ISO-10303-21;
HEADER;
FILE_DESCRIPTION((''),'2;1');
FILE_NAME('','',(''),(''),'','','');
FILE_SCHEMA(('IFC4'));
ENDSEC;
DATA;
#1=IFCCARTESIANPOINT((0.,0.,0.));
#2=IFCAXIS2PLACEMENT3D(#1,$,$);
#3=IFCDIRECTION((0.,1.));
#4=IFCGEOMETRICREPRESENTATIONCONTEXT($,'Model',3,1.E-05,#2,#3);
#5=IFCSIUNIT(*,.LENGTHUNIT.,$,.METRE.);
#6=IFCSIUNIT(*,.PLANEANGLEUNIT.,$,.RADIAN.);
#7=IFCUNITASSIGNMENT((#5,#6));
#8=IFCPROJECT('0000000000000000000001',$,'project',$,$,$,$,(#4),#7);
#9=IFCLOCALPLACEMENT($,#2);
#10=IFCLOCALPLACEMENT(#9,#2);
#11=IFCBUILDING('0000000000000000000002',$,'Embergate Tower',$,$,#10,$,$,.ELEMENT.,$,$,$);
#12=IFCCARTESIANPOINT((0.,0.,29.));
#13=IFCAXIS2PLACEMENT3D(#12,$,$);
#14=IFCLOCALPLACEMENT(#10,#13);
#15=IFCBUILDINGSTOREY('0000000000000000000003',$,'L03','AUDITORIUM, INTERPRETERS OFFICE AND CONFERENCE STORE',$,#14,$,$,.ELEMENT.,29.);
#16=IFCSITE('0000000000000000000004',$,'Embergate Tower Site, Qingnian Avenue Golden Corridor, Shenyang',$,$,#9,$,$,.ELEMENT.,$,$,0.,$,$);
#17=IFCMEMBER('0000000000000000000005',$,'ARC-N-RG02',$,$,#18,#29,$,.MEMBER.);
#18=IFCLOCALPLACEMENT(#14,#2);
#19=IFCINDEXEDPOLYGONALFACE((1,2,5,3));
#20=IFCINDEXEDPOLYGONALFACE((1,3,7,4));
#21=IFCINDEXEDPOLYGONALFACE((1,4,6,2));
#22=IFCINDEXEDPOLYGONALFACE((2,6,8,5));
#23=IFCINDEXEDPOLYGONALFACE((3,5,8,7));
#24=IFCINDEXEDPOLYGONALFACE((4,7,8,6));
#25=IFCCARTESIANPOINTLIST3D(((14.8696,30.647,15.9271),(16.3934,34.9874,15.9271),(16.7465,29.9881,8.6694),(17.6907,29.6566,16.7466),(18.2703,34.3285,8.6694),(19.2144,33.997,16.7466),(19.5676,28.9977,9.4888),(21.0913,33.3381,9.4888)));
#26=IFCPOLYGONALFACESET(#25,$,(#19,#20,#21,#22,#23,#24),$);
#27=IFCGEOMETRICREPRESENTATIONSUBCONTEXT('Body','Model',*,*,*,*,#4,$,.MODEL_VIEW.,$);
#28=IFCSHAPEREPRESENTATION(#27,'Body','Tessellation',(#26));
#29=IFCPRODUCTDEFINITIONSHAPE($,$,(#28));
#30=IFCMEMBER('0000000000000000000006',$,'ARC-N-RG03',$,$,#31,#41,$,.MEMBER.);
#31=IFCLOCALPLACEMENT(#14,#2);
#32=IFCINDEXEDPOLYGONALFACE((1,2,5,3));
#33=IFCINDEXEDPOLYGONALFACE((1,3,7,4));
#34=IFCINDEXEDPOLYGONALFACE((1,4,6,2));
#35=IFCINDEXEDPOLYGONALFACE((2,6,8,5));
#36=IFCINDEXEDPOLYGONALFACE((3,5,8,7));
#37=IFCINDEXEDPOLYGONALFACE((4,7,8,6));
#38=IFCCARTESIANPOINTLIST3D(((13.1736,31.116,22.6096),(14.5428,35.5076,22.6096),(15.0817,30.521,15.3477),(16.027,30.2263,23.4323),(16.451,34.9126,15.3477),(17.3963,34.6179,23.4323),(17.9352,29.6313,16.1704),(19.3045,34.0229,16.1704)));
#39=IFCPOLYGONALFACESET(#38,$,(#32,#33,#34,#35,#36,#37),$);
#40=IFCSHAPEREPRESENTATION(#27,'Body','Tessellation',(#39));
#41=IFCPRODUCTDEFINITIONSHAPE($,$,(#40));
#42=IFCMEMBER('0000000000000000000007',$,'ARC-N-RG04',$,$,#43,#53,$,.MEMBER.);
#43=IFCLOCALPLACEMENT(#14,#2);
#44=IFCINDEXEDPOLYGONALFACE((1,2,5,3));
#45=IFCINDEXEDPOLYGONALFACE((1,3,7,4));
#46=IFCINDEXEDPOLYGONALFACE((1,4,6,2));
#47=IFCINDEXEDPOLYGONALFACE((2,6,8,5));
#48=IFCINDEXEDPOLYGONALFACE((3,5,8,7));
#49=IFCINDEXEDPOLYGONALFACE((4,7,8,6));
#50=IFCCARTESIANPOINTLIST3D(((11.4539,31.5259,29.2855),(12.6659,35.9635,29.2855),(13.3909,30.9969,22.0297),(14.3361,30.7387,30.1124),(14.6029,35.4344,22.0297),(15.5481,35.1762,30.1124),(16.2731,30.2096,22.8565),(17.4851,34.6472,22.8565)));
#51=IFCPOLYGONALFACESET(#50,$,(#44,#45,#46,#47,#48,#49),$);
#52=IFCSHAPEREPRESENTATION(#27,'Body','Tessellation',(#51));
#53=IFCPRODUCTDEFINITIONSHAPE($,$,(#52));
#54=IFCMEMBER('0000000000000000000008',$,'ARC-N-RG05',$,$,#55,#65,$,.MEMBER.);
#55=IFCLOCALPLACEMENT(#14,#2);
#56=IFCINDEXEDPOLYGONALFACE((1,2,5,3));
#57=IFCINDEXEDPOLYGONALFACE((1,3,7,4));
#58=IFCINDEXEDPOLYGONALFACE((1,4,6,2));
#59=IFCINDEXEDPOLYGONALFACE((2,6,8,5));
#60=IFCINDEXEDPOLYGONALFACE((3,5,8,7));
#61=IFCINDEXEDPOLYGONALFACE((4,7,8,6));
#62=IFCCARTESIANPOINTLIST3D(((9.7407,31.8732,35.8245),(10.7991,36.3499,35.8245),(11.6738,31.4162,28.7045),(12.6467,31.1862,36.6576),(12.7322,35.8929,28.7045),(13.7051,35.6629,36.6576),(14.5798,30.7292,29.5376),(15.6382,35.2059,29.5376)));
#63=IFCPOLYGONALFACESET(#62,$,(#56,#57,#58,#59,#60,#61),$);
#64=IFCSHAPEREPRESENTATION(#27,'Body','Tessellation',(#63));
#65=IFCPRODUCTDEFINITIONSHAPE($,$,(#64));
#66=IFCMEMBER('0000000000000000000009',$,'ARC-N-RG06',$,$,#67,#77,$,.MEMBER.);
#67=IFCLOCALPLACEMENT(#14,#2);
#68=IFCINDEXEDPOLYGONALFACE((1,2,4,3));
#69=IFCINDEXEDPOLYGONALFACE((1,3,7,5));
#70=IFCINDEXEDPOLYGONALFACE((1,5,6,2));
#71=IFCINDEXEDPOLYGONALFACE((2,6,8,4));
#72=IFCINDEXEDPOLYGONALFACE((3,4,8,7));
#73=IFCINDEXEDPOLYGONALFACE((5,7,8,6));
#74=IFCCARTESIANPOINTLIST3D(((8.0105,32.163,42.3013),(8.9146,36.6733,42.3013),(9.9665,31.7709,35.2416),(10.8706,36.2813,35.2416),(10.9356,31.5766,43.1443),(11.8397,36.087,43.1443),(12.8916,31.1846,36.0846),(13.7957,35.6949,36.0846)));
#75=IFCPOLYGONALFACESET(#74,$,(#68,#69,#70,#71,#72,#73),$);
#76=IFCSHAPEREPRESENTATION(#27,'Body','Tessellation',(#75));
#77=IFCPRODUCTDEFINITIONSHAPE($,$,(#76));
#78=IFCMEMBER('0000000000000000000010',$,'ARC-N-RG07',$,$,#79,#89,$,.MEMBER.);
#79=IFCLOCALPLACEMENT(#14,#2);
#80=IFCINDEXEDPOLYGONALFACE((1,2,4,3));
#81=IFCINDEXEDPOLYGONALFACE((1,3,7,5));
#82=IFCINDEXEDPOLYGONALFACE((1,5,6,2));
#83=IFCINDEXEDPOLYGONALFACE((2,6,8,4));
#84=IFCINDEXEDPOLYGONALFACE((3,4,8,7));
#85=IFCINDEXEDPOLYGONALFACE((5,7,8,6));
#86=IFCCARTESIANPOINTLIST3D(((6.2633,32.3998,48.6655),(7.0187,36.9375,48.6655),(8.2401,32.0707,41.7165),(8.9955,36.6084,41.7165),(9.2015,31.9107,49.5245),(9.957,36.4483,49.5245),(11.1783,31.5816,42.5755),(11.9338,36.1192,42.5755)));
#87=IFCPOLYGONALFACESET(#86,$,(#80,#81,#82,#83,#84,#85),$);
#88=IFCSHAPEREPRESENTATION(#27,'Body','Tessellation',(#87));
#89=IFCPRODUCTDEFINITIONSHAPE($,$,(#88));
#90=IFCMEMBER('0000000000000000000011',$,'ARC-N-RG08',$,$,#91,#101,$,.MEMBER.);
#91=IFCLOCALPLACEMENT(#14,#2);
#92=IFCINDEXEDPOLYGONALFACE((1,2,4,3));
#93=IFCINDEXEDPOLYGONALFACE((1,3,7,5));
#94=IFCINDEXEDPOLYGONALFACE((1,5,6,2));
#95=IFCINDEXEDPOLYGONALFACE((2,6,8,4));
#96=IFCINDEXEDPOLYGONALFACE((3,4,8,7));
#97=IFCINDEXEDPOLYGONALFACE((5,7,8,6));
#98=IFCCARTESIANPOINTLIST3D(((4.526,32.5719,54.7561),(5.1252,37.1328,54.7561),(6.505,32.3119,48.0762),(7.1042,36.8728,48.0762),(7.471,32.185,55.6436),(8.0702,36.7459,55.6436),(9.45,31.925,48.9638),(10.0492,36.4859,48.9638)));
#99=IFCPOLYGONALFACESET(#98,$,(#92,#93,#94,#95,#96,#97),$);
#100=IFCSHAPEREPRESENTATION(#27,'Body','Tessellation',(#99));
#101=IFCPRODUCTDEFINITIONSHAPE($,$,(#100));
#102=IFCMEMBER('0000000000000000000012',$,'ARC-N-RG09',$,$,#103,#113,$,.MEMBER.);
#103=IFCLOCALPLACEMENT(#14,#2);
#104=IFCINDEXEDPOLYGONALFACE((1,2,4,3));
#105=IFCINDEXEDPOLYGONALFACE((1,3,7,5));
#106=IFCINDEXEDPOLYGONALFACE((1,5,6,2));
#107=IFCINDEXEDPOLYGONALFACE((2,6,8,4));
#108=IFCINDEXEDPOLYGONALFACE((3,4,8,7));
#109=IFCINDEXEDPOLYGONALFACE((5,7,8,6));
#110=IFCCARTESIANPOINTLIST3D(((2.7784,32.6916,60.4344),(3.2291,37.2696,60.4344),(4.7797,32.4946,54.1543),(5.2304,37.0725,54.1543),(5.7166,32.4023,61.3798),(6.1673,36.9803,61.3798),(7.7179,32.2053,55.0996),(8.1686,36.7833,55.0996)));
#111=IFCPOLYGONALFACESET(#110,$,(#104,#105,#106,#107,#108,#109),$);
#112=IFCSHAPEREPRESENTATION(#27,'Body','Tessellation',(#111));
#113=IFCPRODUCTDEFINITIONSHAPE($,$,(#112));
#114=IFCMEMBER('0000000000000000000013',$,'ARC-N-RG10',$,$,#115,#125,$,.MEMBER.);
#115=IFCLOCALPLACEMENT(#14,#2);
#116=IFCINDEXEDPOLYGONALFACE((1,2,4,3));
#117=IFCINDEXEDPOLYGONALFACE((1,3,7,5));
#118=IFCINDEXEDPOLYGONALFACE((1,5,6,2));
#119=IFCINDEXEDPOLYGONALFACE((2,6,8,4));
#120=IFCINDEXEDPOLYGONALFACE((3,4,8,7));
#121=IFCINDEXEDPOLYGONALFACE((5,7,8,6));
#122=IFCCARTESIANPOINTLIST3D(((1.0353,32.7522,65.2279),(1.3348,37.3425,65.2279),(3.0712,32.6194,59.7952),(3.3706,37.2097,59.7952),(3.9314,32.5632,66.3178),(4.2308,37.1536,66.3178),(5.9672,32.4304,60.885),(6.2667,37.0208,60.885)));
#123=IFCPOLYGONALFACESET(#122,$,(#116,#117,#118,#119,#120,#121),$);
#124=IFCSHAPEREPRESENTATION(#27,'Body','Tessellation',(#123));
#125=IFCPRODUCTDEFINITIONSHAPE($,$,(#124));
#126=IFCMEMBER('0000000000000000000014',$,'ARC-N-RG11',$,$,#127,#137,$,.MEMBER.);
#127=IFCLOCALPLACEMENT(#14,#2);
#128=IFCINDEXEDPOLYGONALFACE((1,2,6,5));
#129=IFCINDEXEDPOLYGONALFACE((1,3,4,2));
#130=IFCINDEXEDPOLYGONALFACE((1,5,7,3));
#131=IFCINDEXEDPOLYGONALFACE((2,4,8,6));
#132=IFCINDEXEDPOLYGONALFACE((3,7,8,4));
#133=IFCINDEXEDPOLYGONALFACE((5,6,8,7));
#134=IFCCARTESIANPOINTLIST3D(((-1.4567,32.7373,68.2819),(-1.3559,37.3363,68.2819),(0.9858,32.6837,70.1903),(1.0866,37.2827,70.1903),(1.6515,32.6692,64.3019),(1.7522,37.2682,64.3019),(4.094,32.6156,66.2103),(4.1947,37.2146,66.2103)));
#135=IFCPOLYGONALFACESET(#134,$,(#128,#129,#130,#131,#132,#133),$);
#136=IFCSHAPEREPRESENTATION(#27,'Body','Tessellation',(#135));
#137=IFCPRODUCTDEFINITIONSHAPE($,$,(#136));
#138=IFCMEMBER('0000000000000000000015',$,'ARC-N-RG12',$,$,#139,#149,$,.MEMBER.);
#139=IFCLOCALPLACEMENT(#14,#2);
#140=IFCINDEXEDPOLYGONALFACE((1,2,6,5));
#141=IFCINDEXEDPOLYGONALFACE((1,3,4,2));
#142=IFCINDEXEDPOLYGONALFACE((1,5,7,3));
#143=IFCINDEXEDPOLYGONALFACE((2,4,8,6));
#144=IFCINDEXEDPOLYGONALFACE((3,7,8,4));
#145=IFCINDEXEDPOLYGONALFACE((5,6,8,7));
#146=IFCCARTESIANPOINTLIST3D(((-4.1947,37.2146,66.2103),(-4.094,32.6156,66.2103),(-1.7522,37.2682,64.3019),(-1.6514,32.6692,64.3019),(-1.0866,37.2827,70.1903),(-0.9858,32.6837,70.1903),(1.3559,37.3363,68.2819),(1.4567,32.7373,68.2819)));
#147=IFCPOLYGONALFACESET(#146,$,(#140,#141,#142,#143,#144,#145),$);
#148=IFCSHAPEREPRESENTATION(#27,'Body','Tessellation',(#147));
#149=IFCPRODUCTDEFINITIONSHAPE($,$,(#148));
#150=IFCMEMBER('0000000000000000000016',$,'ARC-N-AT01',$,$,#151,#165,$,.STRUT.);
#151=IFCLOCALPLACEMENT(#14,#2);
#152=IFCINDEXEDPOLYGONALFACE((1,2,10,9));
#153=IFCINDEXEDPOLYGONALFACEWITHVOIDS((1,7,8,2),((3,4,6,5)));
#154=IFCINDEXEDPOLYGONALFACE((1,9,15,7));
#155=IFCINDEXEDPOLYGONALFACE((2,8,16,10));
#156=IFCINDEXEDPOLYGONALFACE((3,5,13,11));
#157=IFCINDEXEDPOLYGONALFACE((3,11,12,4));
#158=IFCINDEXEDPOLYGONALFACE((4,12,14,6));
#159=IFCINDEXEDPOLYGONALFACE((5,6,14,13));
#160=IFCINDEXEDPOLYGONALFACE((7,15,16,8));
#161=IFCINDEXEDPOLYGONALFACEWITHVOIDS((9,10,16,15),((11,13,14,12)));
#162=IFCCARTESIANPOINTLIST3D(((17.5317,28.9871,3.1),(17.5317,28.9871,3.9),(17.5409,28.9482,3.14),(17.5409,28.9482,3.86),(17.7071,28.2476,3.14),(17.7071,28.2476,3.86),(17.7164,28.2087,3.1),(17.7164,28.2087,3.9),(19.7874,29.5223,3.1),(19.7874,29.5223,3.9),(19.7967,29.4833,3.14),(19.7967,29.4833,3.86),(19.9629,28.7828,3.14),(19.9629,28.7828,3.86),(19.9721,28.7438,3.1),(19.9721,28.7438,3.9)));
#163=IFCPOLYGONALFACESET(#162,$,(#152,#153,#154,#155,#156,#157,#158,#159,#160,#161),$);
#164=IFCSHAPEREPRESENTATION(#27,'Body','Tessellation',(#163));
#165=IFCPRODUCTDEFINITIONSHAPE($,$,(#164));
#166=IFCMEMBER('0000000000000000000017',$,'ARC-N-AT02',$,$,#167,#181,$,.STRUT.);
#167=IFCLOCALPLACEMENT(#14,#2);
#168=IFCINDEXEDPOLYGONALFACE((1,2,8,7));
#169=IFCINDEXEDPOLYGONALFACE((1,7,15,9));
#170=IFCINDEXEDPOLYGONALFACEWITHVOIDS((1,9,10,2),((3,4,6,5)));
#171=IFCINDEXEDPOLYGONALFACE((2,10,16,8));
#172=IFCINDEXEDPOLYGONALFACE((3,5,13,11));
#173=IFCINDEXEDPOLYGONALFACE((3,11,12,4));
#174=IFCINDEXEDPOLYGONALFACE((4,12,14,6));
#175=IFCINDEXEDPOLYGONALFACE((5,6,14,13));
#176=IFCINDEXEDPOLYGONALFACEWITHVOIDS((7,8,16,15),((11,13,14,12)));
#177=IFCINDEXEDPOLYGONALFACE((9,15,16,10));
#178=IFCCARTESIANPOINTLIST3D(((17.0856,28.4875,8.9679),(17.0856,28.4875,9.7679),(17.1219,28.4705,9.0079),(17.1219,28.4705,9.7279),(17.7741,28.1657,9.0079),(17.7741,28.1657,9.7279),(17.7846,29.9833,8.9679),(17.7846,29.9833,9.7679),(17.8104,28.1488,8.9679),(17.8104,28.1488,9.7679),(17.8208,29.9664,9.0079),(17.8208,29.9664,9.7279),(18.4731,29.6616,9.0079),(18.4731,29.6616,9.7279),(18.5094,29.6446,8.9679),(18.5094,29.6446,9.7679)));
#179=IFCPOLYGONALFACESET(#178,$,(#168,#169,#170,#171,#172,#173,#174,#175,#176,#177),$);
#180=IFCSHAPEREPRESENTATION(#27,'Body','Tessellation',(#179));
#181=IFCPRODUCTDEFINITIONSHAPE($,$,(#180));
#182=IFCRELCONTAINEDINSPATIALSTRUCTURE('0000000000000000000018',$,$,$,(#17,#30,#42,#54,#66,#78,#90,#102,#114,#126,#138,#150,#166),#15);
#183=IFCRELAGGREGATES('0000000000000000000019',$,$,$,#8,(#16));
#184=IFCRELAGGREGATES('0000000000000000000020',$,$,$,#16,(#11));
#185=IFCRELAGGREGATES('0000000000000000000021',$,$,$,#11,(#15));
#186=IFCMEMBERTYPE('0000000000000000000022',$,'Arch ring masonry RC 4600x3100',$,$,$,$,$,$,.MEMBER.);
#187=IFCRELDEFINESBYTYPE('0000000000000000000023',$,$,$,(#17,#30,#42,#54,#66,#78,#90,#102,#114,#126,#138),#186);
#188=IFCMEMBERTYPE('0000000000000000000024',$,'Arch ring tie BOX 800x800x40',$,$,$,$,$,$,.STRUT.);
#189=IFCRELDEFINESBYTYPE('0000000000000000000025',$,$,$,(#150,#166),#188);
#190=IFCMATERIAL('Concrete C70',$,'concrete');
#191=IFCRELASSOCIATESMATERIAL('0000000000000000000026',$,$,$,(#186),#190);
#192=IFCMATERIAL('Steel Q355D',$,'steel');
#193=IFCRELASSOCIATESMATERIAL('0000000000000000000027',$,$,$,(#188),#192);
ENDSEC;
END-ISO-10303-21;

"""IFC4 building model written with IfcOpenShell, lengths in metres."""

from ifc_helpers import new_model, si_unit, direction, frame, origin, origin_2d, place, context, subcontext, project, spatial, rectangle, hollow_rectangle, extrude, source, transform, mapped, material, material_profile, profile_set, type_object, element, save


model = new_model("IFC4")

# Units and contexts
model_context = context("Model", 3, precision=1e-05, world=origin(), true_north=direction((0.0, 1.0)))
body_context = subcontext(model_context, "Body", "Model", "MODEL_VIEW")
ifc_project = project(units=[si_unit("LENGTHUNIT", "METRE"), si_unit("PLANEANGLEUNIT", "RADIAN")], contexts=[model_context])

# Site, building, storey
site_placement = place(None, origin())
site = spatial("IfcSite", under=ifc_project, at=site_placement, Name="Embergate Tower Site, Qingnian Avenue Golden Corridor, Shenyang", CompositionType="ELEMENT", RefElevation=0.0)
building_placement = place(site_placement, origin())
building = spatial("IfcBuilding", under=site, at=building_placement, Name="Embergate Tower", CompositionType="ELEMENT")
storey_placement = place(building_placement, frame((0.0, 0.0, 29.0)))
storey = spatial("IfcBuildingStorey", under=building, at=storey_placement, Name="L03", Description="AUDITORIUM, INTERPRETERS OFFICE AND CONFERENCE STORE", CompositionType="ELEMENT", Elevation=29.0)

# Members
ifc_material_1 = material(Name="Concrete C70", Category="concrete")
ifc_material_profile_1 = material_profile(ifc_material_1, rectangle(XDim=4.6001, YDim=3.1001, at=origin_2d()), Name="RC 4600x3100")
ifc_profile_set_1 = profile_set([ifc_material_profile_1], Name="Concrete C70")
member_type_1 = type_object("IfcMemberType", Name="Arch ring masonry RC 4600x3100", PredefinedType="MEMBER", material=ifc_profile_set_1)
shared_shape_1 = source(origin(), body_context, "Body", "SweptSolid", [
    extrude(rectangle(XDim=4.6001, YDim=3.1001, at=origin_2d()), origin(), (0.0, 0.0, 1.0), 7.5254),
])
member_1_placement = place(storey_placement, frame((18.9189, 31.6631, 9.0791), z_axis=(-0.249413, 0.08756, 0.964431), x_axis=(-0.331247, -0.943544, 0.0)))
element("IfcMember", 1, at=member_1_placement, inside=storey, type_object=member_type_1, Name="ARC-N-RG02", PredefinedType="MEMBER", context=body_context, shape_type="MappedRepresentation", body=[
    mapped(shared_shape_1, transform((0.0, 0.0, 0.0))),
])
shared_shape_2 = source(origin(), body_context, "Body", "SweptSolid", [
    extrude(rectangle(XDim=4.6001, YDim=3.1001, at=origin_2d()), origin(), (0.0, 0.0, 1.0), 7.532),
])
member_2_placement = place(storey_placement, frame((17.1931, 32.272, 15.759), z_axis=(-0.253345, 0.078992, 0.964145), x_axis=(-0.297663, -0.954671, 0.0)))
element("IfcMember", 2, at=member_2_placement, inside=storey, type_object=member_type_1, Name="ARC-N-RG03", PredefinedType="MEMBER", context=body_context, shape_type="MappedRepresentation", body=[
    mapped(shared_shape_2, transform((0.0, 0.0, 0.0))),
])
shared_shape_3 = source(origin(), body_context, "Body", "SweptSolid", [
    extrude(rectangle(XDim=4.6001, YDim=3.1001, at=origin_2d()), origin(), (0.0, 0.0, 1.0), 7.5286),
])
member_3_placement = place(storey_placement, frame((15.438, 32.822, 22.4431), z_axis=(-0.257288, 0.070273, 0.963776), x_axis=(-0.263477, -0.964666, 0.0)))
element("IfcMember", 3, at=member_3_placement, inside=storey, type_object=member_type_1, Name="ARC-N-RG04", PredefinedType="MEMBER", context=body_context, shape_type="MappedRepresentation", body=[
    mapped(shared_shape_3, transform((0.0, 0.0, 0.0))),
])
shared_shape_4 = source(origin(), body_context, "Body", "SweptSolid", [
    extrude(rectangle(XDim=4.6001, YDim=3.1001, at=origin_2d()), origin(), (0.0, 0.0, 1.0), 7.3918),
])
member_4_placement = place(storey_placement, frame((13.656, 33.311, 29.1211), z_axis=(-0.261521, 0.06183, 0.963215), x_axis=(-0.23008, -0.973172, 0.0)))
element("IfcMember", 4, at=member_4_placement, inside=storey, type_object=member_type_1, Name="ARC-N-RG05", PredefinedType="MEMBER", context=body_context, shape_type="MappedRepresentation", body=[
    mapped(shared_shape_4, transform((0.0, 0.0, 0.0))),
])
shared_shape_5 = source(origin(), body_context, "Body", "SweptSolid", [
    extrude(rectangle(XDim=4.6001, YDim=3.1001, at=origin_2d()), origin(), (0.0, 0.0, 1.0), 7.3362),
])
member_5_placement = place(storey_placement, frame((11.8811, 33.7329, 35.6631), z_axis=(-0.266628, 0.053445, 0.962317), x_axis=(-0.19654, -0.980496, 0.0)))
element("IfcMember", 5, at=member_5_placement, inside=storey, type_object=member_type_1, Name="ARC-N-RG06", PredefinedType="MEMBER", context=body_context, shape_type="MappedRepresentation", body=[
    mapped(shared_shape_5, transform((0.0, 0.0, 0.0))),
])
shared_shape_6 = source(origin(), body_context, "Body", "SweptSolid", [
    extrude(rectangle(XDim=4.6001, YDim=3.1001, at=origin_2d()), origin(), (0.0, 0.0, 1.0), 7.2322),
])
member_6_placement = place(storey_placement, frame((10.0869, 34.095, 42.146), z_axis=(-0.273335, 0.045505, 0.960842), x_axis=(-0.164221, -0.986424, 0.0)))
element("IfcMember", 6, at=member_6_placement, inside=storey, type_object=member_type_1, Name="ARC-N-RG07", PredefinedType="MEMBER", context=body_context, shape_type="MappedRepresentation", body=[
    mapped(shared_shape_6, transform((0.0, 0.0, 0.0))),
])
shared_shape_7 = source(origin(), body_context, "Body", "SweptSolid", [
    extrude(rectangle(XDim=4.6001, YDim=3.1001, at=origin_2d()), origin(), (0.0, 0.0, 1.0), 6.9717),
])
member_7_placement = place(storey_placement, frame((8.2771, 34.3989, 48.52), z_axis=(-0.28386, 0.037295, 0.95814), x_axis=(-0.130265, -0.991479, 0.0)))
element("IfcMember", 7, at=member_7_placement, inside=storey, type_object=member_type_1, Name="ARC-N-RG08", PredefinedType="MEMBER", context=body_context, shape_type="MappedRepresentation", body=[
    mapped(shared_shape_7, transform((0.0, 0.0, 0.0))),
])
shared_shape_8 = source(origin(), body_context, "Body", "SweptSolid", [
    extrude(rectangle(XDim=4.6001, YDim=3.1001, at=origin_2d()), origin(), (0.0, 0.0, 1.0), 6.5942),
])
member_8_placement = place(storey_placement, frame((6.4741, 34.6389, 54.627), z_axis=(-0.303485, 0.029878, 0.952368), x_axis=(-0.097977, -0.995189, 0.0)))
element("IfcMember", 8, at=member_8_placement, inside=storey, type_object=member_type_1, Name="ARC-N-RG09", PredefinedType="MEMBER", context=body_context, shape_type="MappedRepresentation", body=[
    mapped(shared_shape_8, transform((0.0, 0.0, 0.0))),
])
shared_shape_9 = source(origin(), body_context, "Body", "SweptSolid", [
    extrude(rectangle(XDim=4.6001, YDim=3.1001, at=origin_2d()), origin(), (0.0, 0.0, 1.0), 5.8032),
])
member_9_placement = place(storey_placement, frame((4.6689, 34.8201, 60.3401), z_axis=(-0.350815, 0.022886, 0.936165), x_axis=(-0.065097, -0.997879, 0.0)))
element("IfcMember", 9, at=member_9_placement, inside=storey, type_object=member_type_1, Name="ARC-N-RG10", PredefinedType="MEMBER", context=body_context, shape_type="MappedRepresentation", body=[
    mapped(shared_shape_9, transform((0.0, 0.0, 0.0))),
])
shared_shape_10 = source(origin(), body_context, "Body", "SweptSolid", [
    extrude(rectangle(XDim=4.6001, YDim=3.1001, at=origin_2d()), origin(), (0.0, 0.0, 1.0), 5.0503),
])
for number, where, z_axis, x_axis, name in (
    (10, (2.9231, 34.9419, 65.2561), (-0.61544, 0.013487, 0.788068), (-0.02191, -0.99976, 0.0), "ARC-N-RG11"),
    (11, (0.1851, 35.01, 69.2361), (-0.61544, -0.013487, -0.788068), (0.02191, -0.99976, 0.0), "ARC-N-RG12"),
):
    element("IfcMember", number, at=place(storey_placement, frame(where, z_axis=z_axis, x_axis=x_axis)), inside=storey, type_object=member_type_1, Name=name, PredefinedType="MEMBER", context=body_context, shape_type="MappedRepresentation", body=[
        mapped(shared_shape_10, transform((0.0, 0.0, 0.0))),
    ])
ifc_material_2 = material(Name="Steel Q355D", Category="steel")
ifc_material_profile_2 = material_profile(ifc_material_2, hollow_rectangle(XDim=0.8, YDim=0.8, WallThickness=0.04, at=origin_2d()), Name="BOX 800x800x40")
ifc_profile_set_2 = profile_set([ifc_material_profile_2], Name="Steel Q355 grade D")
member_type_2 = type_object("IfcMemberType", Name="Arch ring tie BOX 800x800x40", PredefinedType="STRUT", material=ifc_profile_set_2)
shared_shape_11 = source(origin(), body_context, "Body", "SweptSolid", [
    extrude(hollow_rectangle(XDim=0.8, YDim=0.8, WallThickness=0.04, at=origin_2d()), origin(), (0.0, 0.0, 1.0), 2.3184),
])
member_10_placement = place(storey_placement, frame((17.624, 28.5979, 3.5), z_axis=(0.972996, 0.230823, 0.0), x_axis=(-0.230823, 0.972996, 0.0)))
element("IfcMember", 12, at=member_10_placement, inside=storey, type_object=member_type_2, Name="ARC-N-AT01", PredefinedType="STRUT", context=body_context, shape_type="MappedRepresentation", body=[
    mapped(shared_shape_11, transform((0.0, 0.0, 0.0))),
])
shared_shape_12 = source(origin(), body_context, "Body", "SweptSolid", [
    extrude(hollow_rectangle(XDim=0.8, YDim=0.8, WallThickness=0.04, at=origin_2d()), origin(), (0.0, 0.0, 1.0), 1.6511),
])
member_11_placement = place(storey_placement, frame((17.448, 28.3181, 9.3679), z_axis=(0.423339, 0.905971, 0.0), x_axis=(-0.905971, 0.423339, 0.0)))
element("IfcMember", 13, at=member_11_placement, inside=storey, type_object=member_type_2, Name="ARC-N-AT02", PredefinedType="STRUT", context=body_context, shape_type="MappedRepresentation", body=[
    mapped(shared_shape_12, transform((0.0, 0.0, 0.0))),
])

save(model, "model.ifc")
